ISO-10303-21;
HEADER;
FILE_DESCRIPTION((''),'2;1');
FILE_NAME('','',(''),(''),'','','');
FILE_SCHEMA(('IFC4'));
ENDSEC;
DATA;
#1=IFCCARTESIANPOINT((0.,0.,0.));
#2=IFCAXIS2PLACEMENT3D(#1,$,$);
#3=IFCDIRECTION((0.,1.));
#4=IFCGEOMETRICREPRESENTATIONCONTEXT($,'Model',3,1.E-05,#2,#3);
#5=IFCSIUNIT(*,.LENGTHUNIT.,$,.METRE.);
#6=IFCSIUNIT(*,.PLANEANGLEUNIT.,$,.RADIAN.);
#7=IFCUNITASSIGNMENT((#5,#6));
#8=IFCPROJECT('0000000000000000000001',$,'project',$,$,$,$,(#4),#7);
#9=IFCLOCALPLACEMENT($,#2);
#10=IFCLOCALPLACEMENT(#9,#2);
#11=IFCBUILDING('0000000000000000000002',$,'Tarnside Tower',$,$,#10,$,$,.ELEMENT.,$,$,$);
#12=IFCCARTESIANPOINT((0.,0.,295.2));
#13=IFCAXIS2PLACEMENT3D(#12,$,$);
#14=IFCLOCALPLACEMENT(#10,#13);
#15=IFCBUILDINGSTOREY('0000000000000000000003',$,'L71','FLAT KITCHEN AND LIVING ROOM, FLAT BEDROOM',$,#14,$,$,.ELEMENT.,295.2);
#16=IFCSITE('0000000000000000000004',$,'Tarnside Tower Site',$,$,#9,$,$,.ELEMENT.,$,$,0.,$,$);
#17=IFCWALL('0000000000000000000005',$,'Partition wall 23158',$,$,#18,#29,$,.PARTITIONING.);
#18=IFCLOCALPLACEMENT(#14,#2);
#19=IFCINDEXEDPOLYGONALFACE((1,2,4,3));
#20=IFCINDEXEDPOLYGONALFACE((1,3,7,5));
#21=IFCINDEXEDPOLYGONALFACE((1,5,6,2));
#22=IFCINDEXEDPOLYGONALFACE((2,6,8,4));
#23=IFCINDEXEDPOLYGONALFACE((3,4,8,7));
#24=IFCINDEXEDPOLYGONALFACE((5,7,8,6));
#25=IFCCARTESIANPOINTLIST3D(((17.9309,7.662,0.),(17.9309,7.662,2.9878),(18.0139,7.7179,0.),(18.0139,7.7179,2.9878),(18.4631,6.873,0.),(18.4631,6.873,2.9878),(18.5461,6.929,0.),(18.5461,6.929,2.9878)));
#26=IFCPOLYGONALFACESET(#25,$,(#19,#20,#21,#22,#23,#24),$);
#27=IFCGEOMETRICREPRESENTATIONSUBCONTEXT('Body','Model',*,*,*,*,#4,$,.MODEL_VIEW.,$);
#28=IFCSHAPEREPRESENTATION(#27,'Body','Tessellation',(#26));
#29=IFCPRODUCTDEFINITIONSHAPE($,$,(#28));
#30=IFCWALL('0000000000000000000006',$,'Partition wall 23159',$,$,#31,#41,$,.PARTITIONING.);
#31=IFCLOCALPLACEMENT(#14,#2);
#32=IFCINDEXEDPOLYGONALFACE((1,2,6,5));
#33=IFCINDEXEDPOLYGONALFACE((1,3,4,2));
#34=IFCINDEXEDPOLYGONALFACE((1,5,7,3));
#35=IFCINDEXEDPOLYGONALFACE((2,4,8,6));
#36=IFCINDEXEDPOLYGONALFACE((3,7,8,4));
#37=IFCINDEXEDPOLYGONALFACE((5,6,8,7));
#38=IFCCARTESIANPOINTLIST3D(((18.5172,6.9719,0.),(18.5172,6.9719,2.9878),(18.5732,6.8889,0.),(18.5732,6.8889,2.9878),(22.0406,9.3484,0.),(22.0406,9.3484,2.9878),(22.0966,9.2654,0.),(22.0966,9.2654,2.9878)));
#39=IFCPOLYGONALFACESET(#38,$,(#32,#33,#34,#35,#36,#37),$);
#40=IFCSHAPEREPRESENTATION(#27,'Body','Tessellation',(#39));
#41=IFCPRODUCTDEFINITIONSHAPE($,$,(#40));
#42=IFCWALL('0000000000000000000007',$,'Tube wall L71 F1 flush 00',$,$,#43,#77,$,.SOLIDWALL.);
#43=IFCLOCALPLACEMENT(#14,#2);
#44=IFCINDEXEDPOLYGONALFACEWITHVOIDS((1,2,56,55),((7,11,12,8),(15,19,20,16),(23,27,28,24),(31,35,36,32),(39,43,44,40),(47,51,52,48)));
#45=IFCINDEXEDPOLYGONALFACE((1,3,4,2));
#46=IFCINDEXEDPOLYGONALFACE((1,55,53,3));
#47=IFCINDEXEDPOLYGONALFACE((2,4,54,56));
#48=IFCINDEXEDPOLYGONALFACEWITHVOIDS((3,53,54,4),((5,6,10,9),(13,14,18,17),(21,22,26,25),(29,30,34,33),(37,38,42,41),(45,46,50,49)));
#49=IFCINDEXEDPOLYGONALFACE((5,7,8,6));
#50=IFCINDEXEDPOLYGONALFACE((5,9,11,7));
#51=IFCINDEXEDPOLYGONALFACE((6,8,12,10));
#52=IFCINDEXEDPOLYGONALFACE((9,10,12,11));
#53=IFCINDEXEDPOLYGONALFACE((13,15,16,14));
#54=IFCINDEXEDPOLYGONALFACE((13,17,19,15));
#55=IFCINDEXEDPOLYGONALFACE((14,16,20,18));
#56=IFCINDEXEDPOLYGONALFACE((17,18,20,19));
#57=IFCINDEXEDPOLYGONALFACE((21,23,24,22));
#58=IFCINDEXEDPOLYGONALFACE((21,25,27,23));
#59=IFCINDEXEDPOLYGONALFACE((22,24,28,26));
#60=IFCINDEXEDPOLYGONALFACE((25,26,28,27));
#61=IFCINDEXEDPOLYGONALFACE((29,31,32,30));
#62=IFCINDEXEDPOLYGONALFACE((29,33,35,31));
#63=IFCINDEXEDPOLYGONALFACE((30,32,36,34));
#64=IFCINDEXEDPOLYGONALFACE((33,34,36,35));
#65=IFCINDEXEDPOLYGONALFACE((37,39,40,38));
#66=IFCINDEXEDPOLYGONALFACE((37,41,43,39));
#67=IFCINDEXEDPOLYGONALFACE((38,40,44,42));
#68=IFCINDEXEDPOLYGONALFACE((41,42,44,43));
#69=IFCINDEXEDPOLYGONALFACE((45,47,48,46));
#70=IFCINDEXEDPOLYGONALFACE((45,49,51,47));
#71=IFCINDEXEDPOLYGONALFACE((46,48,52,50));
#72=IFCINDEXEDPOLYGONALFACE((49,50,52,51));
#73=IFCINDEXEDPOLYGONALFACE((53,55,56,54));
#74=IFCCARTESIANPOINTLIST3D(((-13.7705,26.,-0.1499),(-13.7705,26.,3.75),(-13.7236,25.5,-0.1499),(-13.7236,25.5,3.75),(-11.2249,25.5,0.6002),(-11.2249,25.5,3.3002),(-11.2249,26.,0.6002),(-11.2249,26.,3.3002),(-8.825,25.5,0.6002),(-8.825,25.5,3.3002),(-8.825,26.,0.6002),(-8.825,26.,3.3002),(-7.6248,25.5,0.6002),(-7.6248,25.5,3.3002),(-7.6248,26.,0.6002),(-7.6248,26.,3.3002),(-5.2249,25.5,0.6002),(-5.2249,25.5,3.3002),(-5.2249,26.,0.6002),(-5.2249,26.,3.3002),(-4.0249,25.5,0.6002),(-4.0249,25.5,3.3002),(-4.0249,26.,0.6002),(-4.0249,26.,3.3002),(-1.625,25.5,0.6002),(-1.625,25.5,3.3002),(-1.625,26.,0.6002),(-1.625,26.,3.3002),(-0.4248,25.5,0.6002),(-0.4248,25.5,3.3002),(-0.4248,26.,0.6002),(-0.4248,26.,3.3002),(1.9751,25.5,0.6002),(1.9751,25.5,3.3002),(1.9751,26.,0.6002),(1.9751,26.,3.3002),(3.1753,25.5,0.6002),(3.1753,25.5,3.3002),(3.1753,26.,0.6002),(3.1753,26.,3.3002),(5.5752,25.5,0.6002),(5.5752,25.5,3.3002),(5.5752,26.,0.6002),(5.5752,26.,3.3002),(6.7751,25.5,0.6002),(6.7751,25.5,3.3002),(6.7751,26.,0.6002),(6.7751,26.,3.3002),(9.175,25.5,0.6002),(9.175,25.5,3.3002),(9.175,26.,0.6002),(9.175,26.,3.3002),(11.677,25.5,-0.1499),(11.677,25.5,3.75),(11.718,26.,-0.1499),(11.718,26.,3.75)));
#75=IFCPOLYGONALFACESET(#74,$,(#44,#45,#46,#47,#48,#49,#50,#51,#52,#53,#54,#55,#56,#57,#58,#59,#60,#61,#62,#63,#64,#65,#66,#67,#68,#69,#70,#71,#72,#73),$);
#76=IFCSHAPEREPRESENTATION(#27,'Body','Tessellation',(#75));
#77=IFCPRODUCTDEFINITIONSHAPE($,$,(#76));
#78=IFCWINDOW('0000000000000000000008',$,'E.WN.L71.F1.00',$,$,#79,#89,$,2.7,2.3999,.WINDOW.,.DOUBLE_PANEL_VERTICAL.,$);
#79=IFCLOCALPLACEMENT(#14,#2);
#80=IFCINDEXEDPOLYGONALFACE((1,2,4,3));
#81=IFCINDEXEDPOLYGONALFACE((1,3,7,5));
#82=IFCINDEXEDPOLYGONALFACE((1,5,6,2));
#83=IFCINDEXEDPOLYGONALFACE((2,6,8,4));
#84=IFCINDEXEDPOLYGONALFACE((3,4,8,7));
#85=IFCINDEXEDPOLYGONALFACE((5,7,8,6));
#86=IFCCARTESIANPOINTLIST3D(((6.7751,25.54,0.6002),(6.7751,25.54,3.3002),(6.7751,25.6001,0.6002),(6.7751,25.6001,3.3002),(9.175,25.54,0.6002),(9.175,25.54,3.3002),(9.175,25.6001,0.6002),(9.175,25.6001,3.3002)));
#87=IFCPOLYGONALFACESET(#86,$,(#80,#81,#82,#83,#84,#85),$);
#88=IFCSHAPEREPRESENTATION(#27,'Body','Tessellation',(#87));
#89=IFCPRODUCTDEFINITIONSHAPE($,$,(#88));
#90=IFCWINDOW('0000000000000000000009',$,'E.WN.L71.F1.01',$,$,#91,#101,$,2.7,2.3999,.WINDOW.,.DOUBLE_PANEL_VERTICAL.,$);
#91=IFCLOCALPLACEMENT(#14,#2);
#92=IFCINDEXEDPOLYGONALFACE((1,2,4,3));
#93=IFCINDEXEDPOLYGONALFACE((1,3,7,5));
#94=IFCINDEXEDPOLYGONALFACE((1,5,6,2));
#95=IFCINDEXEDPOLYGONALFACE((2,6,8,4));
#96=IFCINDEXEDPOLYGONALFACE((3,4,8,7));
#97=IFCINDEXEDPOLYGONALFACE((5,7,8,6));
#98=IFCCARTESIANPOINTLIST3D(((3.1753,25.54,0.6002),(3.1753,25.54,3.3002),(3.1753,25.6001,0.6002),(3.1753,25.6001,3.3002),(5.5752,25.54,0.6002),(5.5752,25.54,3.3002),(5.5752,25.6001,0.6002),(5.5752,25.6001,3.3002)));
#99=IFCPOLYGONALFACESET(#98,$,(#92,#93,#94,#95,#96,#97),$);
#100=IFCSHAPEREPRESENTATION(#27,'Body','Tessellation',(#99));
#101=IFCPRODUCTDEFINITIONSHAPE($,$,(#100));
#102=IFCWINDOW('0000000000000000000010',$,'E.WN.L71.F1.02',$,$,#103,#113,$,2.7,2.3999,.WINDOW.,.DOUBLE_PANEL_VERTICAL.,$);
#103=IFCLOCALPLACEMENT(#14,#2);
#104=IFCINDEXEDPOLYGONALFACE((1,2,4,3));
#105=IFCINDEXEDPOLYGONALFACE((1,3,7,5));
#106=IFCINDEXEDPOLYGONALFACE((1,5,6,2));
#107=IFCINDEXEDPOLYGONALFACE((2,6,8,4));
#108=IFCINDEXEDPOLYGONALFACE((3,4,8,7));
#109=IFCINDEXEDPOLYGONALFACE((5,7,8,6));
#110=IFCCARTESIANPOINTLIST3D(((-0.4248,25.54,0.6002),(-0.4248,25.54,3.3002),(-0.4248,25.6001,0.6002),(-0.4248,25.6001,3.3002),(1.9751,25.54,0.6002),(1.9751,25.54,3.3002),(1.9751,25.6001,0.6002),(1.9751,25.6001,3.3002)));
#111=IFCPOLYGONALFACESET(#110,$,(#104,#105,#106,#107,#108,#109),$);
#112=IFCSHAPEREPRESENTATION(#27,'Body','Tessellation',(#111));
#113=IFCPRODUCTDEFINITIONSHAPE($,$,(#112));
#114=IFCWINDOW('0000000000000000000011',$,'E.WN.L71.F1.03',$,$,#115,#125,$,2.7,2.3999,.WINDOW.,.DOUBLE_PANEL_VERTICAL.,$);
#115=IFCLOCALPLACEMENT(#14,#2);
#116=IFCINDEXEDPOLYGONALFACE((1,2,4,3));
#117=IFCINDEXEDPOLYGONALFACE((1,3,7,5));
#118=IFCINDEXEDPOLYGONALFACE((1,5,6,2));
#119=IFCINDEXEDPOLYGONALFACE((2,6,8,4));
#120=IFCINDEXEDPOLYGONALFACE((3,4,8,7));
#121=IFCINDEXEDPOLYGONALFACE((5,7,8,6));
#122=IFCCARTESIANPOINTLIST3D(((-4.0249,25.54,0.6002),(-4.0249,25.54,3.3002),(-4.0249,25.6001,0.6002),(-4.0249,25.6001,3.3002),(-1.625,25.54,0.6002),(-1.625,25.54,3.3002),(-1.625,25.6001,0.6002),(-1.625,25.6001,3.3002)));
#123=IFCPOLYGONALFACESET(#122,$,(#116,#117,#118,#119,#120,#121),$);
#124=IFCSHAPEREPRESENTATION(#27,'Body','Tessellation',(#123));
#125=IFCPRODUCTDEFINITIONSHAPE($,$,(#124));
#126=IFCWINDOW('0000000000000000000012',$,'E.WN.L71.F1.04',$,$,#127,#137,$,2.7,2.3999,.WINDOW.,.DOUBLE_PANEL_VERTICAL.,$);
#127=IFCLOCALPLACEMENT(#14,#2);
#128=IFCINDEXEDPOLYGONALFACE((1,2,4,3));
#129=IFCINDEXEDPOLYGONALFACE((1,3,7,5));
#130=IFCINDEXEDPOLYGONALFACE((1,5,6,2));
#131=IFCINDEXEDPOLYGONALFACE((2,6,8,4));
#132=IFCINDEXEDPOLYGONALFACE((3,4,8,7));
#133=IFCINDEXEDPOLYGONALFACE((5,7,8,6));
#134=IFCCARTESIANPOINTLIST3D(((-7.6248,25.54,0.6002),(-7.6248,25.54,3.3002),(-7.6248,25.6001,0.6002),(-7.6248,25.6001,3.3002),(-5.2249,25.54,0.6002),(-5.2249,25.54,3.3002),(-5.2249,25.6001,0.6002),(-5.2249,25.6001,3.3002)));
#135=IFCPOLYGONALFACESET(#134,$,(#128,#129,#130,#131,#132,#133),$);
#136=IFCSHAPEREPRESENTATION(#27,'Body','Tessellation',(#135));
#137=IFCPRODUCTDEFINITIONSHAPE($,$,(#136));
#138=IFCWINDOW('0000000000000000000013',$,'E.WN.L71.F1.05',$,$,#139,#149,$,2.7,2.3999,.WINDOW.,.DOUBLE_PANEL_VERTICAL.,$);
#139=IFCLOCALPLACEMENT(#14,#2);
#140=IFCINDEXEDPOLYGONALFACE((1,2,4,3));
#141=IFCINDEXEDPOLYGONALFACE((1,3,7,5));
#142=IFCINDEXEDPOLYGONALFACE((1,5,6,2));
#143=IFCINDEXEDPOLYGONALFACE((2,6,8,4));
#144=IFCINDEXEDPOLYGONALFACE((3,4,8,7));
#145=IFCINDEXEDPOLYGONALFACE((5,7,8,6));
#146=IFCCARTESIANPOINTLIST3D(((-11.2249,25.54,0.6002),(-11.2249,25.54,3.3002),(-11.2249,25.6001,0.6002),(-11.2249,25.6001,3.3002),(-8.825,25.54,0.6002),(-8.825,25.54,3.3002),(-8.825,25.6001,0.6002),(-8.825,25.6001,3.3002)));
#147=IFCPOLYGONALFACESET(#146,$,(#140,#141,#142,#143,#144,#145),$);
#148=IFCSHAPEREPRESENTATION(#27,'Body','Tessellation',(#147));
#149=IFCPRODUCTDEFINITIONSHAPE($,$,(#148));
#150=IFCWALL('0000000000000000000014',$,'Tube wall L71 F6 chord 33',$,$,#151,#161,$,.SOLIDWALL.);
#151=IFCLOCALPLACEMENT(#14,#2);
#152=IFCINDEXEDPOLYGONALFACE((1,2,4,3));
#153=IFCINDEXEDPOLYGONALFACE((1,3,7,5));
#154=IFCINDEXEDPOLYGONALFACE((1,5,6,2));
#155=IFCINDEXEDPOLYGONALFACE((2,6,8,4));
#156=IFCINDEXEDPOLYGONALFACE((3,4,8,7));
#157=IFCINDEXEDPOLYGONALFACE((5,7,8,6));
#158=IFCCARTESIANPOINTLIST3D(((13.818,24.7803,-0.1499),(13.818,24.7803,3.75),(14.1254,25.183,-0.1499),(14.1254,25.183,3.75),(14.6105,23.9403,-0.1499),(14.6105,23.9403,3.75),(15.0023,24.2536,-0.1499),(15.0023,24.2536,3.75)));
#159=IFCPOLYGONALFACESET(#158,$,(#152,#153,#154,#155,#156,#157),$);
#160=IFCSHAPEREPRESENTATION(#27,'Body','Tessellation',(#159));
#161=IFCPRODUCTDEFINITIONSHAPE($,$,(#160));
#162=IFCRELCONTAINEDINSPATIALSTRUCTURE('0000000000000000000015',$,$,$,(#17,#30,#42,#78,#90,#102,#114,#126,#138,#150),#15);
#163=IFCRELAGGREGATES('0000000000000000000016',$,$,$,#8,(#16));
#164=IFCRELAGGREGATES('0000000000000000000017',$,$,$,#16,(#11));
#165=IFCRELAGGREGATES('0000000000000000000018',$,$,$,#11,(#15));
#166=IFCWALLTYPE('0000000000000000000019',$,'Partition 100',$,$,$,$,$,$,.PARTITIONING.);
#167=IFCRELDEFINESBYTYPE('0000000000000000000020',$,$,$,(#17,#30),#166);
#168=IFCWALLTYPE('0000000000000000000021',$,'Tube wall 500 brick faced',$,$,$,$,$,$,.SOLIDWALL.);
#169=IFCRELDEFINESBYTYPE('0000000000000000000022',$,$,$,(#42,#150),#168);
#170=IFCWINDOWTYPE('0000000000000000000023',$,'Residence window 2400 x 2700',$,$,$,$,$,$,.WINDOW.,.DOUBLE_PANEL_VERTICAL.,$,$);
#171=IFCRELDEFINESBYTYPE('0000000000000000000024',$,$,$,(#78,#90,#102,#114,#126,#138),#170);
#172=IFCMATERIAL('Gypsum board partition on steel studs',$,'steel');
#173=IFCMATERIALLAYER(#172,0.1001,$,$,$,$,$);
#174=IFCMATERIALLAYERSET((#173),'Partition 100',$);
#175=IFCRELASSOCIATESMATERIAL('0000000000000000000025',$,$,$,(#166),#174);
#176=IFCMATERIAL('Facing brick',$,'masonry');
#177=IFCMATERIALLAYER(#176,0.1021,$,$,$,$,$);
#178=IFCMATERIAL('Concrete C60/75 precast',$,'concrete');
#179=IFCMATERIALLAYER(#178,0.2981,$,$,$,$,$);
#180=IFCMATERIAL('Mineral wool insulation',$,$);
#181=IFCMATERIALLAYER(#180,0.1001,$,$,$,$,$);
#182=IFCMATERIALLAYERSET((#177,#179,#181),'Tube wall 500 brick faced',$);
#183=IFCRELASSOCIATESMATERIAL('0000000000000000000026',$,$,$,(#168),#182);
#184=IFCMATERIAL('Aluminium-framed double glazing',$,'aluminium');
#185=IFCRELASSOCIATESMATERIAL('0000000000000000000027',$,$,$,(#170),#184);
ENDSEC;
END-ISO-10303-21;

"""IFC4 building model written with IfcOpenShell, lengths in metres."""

from ifc_helpers import new_model, si_unit, direction, frame, frame_2d, origin, place, context, subcontext, project, spatial, polyline, rectangle, outline, extrude, material, layer, layer_set, type_object, element, fill, save


model = new_model("IFC4")

# Units and contexts
model_context = context("Model", 3, precision=1e-05, world=origin(), true_north=direction((0.0, 1.0)))
body_context = subcontext(model_context, "Body", "Model", "MODEL_VIEW")
ifc_project = project(units=[si_unit("LENGTHUNIT", "METRE"), si_unit("PLANEANGLEUNIT", "RADIAN")], contexts=[model_context])

# Site, building, storey
site_placement = place(None, origin())
site = spatial("IfcSite", under=ifc_project, at=site_placement, Name="Tarnside Tower Site", CompositionType="ELEMENT", RefElevation=0.0)
building_placement = place(site_placement, origin())
building = spatial("IfcBuilding", under=site, at=building_placement, Name="Tarnside Tower", CompositionType="ELEMENT")
storey_placement = place(building_placement, frame((0.0, 0.0, 295.2)))
storey = spatial("IfcBuildingStorey", under=building, at=storey_placement, Name="L71", Description="FLAT KITCHEN AND LIVING ROOM, FLAT BEDROOM", CompositionType="ELEMENT", Elevation=295.2)

# Walls
ifc_material_1 = material(Name="Gypsum board partition on steel studs", Category="steel")
ifc_material_2 = material(Name="Concrete C60/75 precast", Category="concrete")
ifc_material_3 = material(Name="Mineral wool insulation")
ifc_layer_1 = layer(ifc_material_1, 0.1001)
ifc_layer_set_1 = layer_set([ifc_layer_1], Name="Partition 100")
wall_type_1 = type_object("IfcWallType", Name="Partition 100", PredefinedType="PARTITIONING", material=ifc_layer_set_1)
wall_1_placement = place(storey_placement, frame((17.9724, 7.6899, 0.0), z_axis=(0.0, 0.0, 1.0), x_axis=(0.559191, -0.829039, 0.0)))
element("IfcWall", 1, at=wall_1_placement, inside=storey, type_object=wall_type_1, Name="Partition wall 23158", PredefinedType="PARTITIONING", context=body_context, shape_type="SweptSolid", body=[
    extrude(rectangle(XDim=0.9517, YDim=0.1001, at=frame_2d((0.4758, 0.0))), origin(), (0.0, 0.0, 1.0), 2.9878),
])
wall_2_placement = place(storey_placement, frame((18.5452, 6.9304, 0.0), z_axis=(0.0, 0.0, 1.0), x_axis=(0.829051, 0.559173, 0.0)))
element("IfcWall", 2, at=wall_2_placement, inside=storey, type_object=wall_type_1, Name="Partition wall 23159", PredefinedType="PARTITIONING", context=body_context, shape_type="SweptSolid", body=[
    extrude(rectangle(XDim=4.25, YDim=0.1001, at=frame_2d((2.125, 0.0))), origin(), (0.0, 0.0, 1.0), 2.9878),
])

# Wall, openings, windows
ifc_material_4 = material(Name="Facing brick", Category="masonry")
ifc_layer_2 = layer(ifc_material_4, 0.1021)
ifc_layer_3 = layer(ifc_material_2, 0.2981)
ifc_layer_4 = layer(ifc_material_3, 0.1001)
ifc_layer_set_2 = layer_set([ifc_layer_2, ifc_layer_3, ifc_layer_4], Name="Tube wall 500 brick faced")
wall_type_2 = type_object("IfcWallType", Name="Tube wall 500 brick faced", PredefinedType="SOLIDWALL", material=ifc_layer_set_2)
wall_3_placement = place(storey_placement, frame((11.6975, 25.75, -0.1499), z_axis=(0.0, 0.0, 1.0), x_axis=(-1.0, 0.0, 0.0)))
wall_3 = element("IfcWall", 3, at=wall_3_placement, inside=storey, type_object=wall_type_2, Name="Tube wall L71 F1 flush 00", PredefinedType="SOLIDWALL", context=body_context, shape_type="SweptSolid", body=[
    extrude(outline(polyline([(-0.0205, -0.25), (25.468, -0.25), (25.4211, 0.25), (0.0205, 0.25), (-0.0205, -0.25)])), origin(), (0.0, 0.0, 1.0), 3.8999),
])
opening_1_placement = place(wall_3_placement, frame((2.5225, 0.0, 0.75)))
opening_1 = element("IfcOpeningElement", 4, at=opening_1_placement, cuts=wall_3, PredefinedType="OPENING", context=body_context, shape_type="SweptSolid", body=[
    extrude(rectangle(XDim=2.3999, YDim=2.7, at=frame_2d((1.2, 1.3501))), frame((0.0, 0.26, 0.0), z_axis=(0.0, -1.0, 0.0), x_axis=(1.0, 0.0, 0.0)), (0.0, 0.0, 1.0), 0.52),
])
opening_2_placement = place(wall_3_placement, frame((6.1223, 0.0, 0.75)))
opening_2 = element("IfcOpeningElement", 5, at=opening_2_placement, cuts=wall_3, PredefinedType="OPENING", context=body_context, shape_type="SweptSolid", body=[
    extrude(rectangle(XDim=2.3999, YDim=2.7, at=frame_2d((1.2, 1.3501))), frame((0.0, 0.26, 0.0), z_axis=(0.0, -1.0, 0.0), x_axis=(1.0, 0.0, 0.0)), (0.0, 0.0, 1.0), 0.52),
])
opening_3_placement = place(wall_3_placement, frame((9.7224, 0.0, 0.75)))
opening_3 = element("IfcOpeningElement", 6, at=opening_3_placement, cuts=wall_3, PredefinedType="OPENING", context=body_context, shape_type="SweptSolid", body=[
    extrude(rectangle(XDim=2.3999, YDim=2.7, at=frame_2d((1.2, 1.3501))), frame((0.0, 0.26, 0.0), z_axis=(0.0, -1.0, 0.0), x_axis=(1.0, 0.0, 0.0)), (0.0, 0.0, 1.0), 0.52),
])
opening_4_placement = place(wall_3_placement, frame((13.3225, 0.0, 0.75)))
opening_4 = element("IfcOpeningElement", 7, at=opening_4_placement, cuts=wall_3, PredefinedType="OPENING", context=body_context, shape_type="SweptSolid", body=[
    extrude(rectangle(XDim=2.3999, YDim=2.7, at=frame_2d((1.2, 1.3501))), frame((0.0, 0.26, 0.0), z_axis=(0.0, -1.0, 0.0), x_axis=(1.0, 0.0, 0.0)), (0.0, 0.0, 1.0), 0.52),
])
opening_5_placement = place(wall_3_placement, frame((16.9224, 0.0, 0.75)))
opening_5 = element("IfcOpeningElement", 8, at=opening_5_placement, cuts=wall_3, PredefinedType="OPENING", context=body_context, shape_type="SweptSolid", body=[
    extrude(rectangle(XDim=2.3999, YDim=2.7, at=frame_2d((1.2, 1.3501))), frame((0.0, 0.26, 0.0), z_axis=(0.0, -1.0, 0.0), x_axis=(1.0, 0.0, 0.0)), (0.0, 0.0, 1.0), 0.52),
])
opening_6_placement = place(wall_3_placement, frame((20.5225, 0.0, 0.75)))
opening_6 = element("IfcOpeningElement", 9, at=opening_6_placement, cuts=wall_3, PredefinedType="OPENING", context=body_context, shape_type="SweptSolid", body=[
    extrude(rectangle(XDim=2.3999, YDim=2.7, at=frame_2d((1.2, 1.3501))), frame((0.0, 0.26, 0.0), z_axis=(0.0, -1.0, 0.0), x_axis=(1.0, 0.0, 0.0)), (0.0, 0.0, 1.0), 0.52),
])
ifc_material_5 = material(Name="Aluminium-framed double glazing", Category="aluminium")
window_type = type_object("IfcWindowType", Name="Residence window 2400 x 2700", PartitioningType="DOUBLE_PANEL_VERTICAL", PredefinedType="WINDOW", material=ifc_material_5)
window_1_placement = place(opening_1_placement, frame((0.0, 0.1799, 0.0)))
window_1 = element("IfcWindow", 10, at=window_1_placement, inside=storey, type_object=window_type, Name="E.WN.L71.F1.00", OverallHeight=2.7, OverallWidth=2.3999, PartitioningType="DOUBLE_PANEL_VERTICAL", PredefinedType="WINDOW", context=body_context, shape_type="SweptSolid", body=[
    extrude(rectangle(XDim=2.3999, YDim=2.7, at=frame_2d((1.2, 1.3501))), frame((0.0, 0.03, 0.0), z_axis=(0.0, -1.0, 0.0), x_axis=(1.0, 0.0, 0.0)), (0.0, 0.0, 1.0), 0.0601),
])
fill(opening_1, window_1)
window_2_placement = place(opening_2_placement, frame((0.0, 0.1799, 0.0)))
window_2 = element("IfcWindow", 11, at=window_2_placement, inside=storey, type_object=window_type, Name="E.WN.L71.F1.01", OverallHeight=2.7, OverallWidth=2.3999, PartitioningType="DOUBLE_PANEL_VERTICAL", PredefinedType="WINDOW", context=body_context, shape_type="SweptSolid", body=[
    extrude(rectangle(XDim=2.3999, YDim=2.7, at=frame_2d((1.2, 1.3501))), frame((0.0, 0.03, 0.0), z_axis=(0.0, -1.0, 0.0), x_axis=(1.0, 0.0, 0.0)), (0.0, 0.0, 1.0), 0.0601),
])
fill(opening_2, window_2)
window_3_placement = place(opening_3_placement, frame((0.0, 0.1799, 0.0)))
window_3 = element("IfcWindow", 12, at=window_3_placement, inside=storey, type_object=window_type, Name="E.WN.L71.F1.02", OverallHeight=2.7, OverallWidth=2.3999, PartitioningType="DOUBLE_PANEL_VERTICAL", PredefinedType="WINDOW", context=body_context, shape_type="SweptSolid", body=[
    extrude(rectangle(XDim=2.3999, YDim=2.7, at=frame_2d((1.2, 1.3501))), frame((0.0, 0.03, 0.0), z_axis=(0.0, -1.0, 0.0), x_axis=(1.0, 0.0, 0.0)), (0.0, 0.0, 1.0), 0.0601),
])
fill(opening_3, window_3)
window_4_placement = place(opening_4_placement, frame((0.0, 0.1799, 0.0)))
window_4 = element("IfcWindow", 13, at=window_4_placement, inside=storey, type_object=window_type, Name="E.WN.L71.F1.03", OverallHeight=2.7, OverallWidth=2.3999, PartitioningType="DOUBLE_PANEL_VERTICAL", PredefinedType="WINDOW", context=body_context, shape_type="SweptSolid", body=[
    extrude(rectangle(XDim=2.3999, YDim=2.7, at=frame_2d((1.2, 1.3501))), frame((0.0, 0.03, 0.0), z_axis=(0.0, -1.0, 0.0), x_axis=(1.0, 0.0, 0.0)), (0.0, 0.0, 1.0), 0.0601),
])
fill(opening_4, window_4)
window_5_placement = place(opening_5_placement, frame((0.0, 0.1799, 0.0)))
window_5 = element("IfcWindow", 14, at=window_5_placement, inside=storey, type_object=window_type, Name="E.WN.L71.F1.04", OverallHeight=2.7, OverallWidth=2.3999, PartitioningType="DOUBLE_PANEL_VERTICAL", PredefinedType="WINDOW", context=body_context, shape_type="SweptSolid", body=[
    extrude(rectangle(XDim=2.3999, YDim=2.7, at=frame_2d((1.2, 1.3501))), frame((0.0, 0.03, 0.0), z_axis=(0.0, -1.0, 0.0), x_axis=(1.0, 0.0, 0.0)), (0.0, 0.0, 1.0), 0.0601),
])
fill(opening_5, window_5)
window_6_placement = place(opening_6_placement, frame((0.0, 0.1799, 0.0)))
window_6 = element("IfcWindow", 15, at=window_6_placement, inside=storey, type_object=window_type, Name="E.WN.L71.F1.05", OverallHeight=2.7, OverallWidth=2.3999, PartitioningType="DOUBLE_PANEL_VERTICAL", PredefinedType="WINDOW", context=body_context, shape_type="SweptSolid", body=[
    extrude(rectangle(XDim=2.3999, YDim=2.7, at=frame_2d((1.2, 1.3501))), frame((0.0, 0.03, 0.0), z_axis=(0.0, -1.0, 0.0), x_axis=(1.0, 0.0, 0.0)), (0.0, 0.0, 1.0), 0.0601),
])
fill(opening_6, window_6)

# Wall
wall_4_placement = place(storey_placement, frame((14.8064, 24.0969, -0.1499), z_axis=(0.0, 0.0, 1.0), x_axis=(-0.686234, 0.72738, 0.0)))
element("IfcWall", 16, at=wall_4_placement, inside=storey, type_object=wall_type_2, Name="Tube wall L71 F6 chord 33", PredefinedType="SOLIDWALL", context=body_context, shape_type="SweptSolid", body=[
    extrude(outline(polyline([(-0.0205, -0.25), (1.2573, -0.25), (1.1753, 0.25), (0.0205, 0.25), (-0.0205, -0.25)])), origin(), (0.0, 0.0, 1.0), 3.8999),
])

save(model, "model.ifc")
